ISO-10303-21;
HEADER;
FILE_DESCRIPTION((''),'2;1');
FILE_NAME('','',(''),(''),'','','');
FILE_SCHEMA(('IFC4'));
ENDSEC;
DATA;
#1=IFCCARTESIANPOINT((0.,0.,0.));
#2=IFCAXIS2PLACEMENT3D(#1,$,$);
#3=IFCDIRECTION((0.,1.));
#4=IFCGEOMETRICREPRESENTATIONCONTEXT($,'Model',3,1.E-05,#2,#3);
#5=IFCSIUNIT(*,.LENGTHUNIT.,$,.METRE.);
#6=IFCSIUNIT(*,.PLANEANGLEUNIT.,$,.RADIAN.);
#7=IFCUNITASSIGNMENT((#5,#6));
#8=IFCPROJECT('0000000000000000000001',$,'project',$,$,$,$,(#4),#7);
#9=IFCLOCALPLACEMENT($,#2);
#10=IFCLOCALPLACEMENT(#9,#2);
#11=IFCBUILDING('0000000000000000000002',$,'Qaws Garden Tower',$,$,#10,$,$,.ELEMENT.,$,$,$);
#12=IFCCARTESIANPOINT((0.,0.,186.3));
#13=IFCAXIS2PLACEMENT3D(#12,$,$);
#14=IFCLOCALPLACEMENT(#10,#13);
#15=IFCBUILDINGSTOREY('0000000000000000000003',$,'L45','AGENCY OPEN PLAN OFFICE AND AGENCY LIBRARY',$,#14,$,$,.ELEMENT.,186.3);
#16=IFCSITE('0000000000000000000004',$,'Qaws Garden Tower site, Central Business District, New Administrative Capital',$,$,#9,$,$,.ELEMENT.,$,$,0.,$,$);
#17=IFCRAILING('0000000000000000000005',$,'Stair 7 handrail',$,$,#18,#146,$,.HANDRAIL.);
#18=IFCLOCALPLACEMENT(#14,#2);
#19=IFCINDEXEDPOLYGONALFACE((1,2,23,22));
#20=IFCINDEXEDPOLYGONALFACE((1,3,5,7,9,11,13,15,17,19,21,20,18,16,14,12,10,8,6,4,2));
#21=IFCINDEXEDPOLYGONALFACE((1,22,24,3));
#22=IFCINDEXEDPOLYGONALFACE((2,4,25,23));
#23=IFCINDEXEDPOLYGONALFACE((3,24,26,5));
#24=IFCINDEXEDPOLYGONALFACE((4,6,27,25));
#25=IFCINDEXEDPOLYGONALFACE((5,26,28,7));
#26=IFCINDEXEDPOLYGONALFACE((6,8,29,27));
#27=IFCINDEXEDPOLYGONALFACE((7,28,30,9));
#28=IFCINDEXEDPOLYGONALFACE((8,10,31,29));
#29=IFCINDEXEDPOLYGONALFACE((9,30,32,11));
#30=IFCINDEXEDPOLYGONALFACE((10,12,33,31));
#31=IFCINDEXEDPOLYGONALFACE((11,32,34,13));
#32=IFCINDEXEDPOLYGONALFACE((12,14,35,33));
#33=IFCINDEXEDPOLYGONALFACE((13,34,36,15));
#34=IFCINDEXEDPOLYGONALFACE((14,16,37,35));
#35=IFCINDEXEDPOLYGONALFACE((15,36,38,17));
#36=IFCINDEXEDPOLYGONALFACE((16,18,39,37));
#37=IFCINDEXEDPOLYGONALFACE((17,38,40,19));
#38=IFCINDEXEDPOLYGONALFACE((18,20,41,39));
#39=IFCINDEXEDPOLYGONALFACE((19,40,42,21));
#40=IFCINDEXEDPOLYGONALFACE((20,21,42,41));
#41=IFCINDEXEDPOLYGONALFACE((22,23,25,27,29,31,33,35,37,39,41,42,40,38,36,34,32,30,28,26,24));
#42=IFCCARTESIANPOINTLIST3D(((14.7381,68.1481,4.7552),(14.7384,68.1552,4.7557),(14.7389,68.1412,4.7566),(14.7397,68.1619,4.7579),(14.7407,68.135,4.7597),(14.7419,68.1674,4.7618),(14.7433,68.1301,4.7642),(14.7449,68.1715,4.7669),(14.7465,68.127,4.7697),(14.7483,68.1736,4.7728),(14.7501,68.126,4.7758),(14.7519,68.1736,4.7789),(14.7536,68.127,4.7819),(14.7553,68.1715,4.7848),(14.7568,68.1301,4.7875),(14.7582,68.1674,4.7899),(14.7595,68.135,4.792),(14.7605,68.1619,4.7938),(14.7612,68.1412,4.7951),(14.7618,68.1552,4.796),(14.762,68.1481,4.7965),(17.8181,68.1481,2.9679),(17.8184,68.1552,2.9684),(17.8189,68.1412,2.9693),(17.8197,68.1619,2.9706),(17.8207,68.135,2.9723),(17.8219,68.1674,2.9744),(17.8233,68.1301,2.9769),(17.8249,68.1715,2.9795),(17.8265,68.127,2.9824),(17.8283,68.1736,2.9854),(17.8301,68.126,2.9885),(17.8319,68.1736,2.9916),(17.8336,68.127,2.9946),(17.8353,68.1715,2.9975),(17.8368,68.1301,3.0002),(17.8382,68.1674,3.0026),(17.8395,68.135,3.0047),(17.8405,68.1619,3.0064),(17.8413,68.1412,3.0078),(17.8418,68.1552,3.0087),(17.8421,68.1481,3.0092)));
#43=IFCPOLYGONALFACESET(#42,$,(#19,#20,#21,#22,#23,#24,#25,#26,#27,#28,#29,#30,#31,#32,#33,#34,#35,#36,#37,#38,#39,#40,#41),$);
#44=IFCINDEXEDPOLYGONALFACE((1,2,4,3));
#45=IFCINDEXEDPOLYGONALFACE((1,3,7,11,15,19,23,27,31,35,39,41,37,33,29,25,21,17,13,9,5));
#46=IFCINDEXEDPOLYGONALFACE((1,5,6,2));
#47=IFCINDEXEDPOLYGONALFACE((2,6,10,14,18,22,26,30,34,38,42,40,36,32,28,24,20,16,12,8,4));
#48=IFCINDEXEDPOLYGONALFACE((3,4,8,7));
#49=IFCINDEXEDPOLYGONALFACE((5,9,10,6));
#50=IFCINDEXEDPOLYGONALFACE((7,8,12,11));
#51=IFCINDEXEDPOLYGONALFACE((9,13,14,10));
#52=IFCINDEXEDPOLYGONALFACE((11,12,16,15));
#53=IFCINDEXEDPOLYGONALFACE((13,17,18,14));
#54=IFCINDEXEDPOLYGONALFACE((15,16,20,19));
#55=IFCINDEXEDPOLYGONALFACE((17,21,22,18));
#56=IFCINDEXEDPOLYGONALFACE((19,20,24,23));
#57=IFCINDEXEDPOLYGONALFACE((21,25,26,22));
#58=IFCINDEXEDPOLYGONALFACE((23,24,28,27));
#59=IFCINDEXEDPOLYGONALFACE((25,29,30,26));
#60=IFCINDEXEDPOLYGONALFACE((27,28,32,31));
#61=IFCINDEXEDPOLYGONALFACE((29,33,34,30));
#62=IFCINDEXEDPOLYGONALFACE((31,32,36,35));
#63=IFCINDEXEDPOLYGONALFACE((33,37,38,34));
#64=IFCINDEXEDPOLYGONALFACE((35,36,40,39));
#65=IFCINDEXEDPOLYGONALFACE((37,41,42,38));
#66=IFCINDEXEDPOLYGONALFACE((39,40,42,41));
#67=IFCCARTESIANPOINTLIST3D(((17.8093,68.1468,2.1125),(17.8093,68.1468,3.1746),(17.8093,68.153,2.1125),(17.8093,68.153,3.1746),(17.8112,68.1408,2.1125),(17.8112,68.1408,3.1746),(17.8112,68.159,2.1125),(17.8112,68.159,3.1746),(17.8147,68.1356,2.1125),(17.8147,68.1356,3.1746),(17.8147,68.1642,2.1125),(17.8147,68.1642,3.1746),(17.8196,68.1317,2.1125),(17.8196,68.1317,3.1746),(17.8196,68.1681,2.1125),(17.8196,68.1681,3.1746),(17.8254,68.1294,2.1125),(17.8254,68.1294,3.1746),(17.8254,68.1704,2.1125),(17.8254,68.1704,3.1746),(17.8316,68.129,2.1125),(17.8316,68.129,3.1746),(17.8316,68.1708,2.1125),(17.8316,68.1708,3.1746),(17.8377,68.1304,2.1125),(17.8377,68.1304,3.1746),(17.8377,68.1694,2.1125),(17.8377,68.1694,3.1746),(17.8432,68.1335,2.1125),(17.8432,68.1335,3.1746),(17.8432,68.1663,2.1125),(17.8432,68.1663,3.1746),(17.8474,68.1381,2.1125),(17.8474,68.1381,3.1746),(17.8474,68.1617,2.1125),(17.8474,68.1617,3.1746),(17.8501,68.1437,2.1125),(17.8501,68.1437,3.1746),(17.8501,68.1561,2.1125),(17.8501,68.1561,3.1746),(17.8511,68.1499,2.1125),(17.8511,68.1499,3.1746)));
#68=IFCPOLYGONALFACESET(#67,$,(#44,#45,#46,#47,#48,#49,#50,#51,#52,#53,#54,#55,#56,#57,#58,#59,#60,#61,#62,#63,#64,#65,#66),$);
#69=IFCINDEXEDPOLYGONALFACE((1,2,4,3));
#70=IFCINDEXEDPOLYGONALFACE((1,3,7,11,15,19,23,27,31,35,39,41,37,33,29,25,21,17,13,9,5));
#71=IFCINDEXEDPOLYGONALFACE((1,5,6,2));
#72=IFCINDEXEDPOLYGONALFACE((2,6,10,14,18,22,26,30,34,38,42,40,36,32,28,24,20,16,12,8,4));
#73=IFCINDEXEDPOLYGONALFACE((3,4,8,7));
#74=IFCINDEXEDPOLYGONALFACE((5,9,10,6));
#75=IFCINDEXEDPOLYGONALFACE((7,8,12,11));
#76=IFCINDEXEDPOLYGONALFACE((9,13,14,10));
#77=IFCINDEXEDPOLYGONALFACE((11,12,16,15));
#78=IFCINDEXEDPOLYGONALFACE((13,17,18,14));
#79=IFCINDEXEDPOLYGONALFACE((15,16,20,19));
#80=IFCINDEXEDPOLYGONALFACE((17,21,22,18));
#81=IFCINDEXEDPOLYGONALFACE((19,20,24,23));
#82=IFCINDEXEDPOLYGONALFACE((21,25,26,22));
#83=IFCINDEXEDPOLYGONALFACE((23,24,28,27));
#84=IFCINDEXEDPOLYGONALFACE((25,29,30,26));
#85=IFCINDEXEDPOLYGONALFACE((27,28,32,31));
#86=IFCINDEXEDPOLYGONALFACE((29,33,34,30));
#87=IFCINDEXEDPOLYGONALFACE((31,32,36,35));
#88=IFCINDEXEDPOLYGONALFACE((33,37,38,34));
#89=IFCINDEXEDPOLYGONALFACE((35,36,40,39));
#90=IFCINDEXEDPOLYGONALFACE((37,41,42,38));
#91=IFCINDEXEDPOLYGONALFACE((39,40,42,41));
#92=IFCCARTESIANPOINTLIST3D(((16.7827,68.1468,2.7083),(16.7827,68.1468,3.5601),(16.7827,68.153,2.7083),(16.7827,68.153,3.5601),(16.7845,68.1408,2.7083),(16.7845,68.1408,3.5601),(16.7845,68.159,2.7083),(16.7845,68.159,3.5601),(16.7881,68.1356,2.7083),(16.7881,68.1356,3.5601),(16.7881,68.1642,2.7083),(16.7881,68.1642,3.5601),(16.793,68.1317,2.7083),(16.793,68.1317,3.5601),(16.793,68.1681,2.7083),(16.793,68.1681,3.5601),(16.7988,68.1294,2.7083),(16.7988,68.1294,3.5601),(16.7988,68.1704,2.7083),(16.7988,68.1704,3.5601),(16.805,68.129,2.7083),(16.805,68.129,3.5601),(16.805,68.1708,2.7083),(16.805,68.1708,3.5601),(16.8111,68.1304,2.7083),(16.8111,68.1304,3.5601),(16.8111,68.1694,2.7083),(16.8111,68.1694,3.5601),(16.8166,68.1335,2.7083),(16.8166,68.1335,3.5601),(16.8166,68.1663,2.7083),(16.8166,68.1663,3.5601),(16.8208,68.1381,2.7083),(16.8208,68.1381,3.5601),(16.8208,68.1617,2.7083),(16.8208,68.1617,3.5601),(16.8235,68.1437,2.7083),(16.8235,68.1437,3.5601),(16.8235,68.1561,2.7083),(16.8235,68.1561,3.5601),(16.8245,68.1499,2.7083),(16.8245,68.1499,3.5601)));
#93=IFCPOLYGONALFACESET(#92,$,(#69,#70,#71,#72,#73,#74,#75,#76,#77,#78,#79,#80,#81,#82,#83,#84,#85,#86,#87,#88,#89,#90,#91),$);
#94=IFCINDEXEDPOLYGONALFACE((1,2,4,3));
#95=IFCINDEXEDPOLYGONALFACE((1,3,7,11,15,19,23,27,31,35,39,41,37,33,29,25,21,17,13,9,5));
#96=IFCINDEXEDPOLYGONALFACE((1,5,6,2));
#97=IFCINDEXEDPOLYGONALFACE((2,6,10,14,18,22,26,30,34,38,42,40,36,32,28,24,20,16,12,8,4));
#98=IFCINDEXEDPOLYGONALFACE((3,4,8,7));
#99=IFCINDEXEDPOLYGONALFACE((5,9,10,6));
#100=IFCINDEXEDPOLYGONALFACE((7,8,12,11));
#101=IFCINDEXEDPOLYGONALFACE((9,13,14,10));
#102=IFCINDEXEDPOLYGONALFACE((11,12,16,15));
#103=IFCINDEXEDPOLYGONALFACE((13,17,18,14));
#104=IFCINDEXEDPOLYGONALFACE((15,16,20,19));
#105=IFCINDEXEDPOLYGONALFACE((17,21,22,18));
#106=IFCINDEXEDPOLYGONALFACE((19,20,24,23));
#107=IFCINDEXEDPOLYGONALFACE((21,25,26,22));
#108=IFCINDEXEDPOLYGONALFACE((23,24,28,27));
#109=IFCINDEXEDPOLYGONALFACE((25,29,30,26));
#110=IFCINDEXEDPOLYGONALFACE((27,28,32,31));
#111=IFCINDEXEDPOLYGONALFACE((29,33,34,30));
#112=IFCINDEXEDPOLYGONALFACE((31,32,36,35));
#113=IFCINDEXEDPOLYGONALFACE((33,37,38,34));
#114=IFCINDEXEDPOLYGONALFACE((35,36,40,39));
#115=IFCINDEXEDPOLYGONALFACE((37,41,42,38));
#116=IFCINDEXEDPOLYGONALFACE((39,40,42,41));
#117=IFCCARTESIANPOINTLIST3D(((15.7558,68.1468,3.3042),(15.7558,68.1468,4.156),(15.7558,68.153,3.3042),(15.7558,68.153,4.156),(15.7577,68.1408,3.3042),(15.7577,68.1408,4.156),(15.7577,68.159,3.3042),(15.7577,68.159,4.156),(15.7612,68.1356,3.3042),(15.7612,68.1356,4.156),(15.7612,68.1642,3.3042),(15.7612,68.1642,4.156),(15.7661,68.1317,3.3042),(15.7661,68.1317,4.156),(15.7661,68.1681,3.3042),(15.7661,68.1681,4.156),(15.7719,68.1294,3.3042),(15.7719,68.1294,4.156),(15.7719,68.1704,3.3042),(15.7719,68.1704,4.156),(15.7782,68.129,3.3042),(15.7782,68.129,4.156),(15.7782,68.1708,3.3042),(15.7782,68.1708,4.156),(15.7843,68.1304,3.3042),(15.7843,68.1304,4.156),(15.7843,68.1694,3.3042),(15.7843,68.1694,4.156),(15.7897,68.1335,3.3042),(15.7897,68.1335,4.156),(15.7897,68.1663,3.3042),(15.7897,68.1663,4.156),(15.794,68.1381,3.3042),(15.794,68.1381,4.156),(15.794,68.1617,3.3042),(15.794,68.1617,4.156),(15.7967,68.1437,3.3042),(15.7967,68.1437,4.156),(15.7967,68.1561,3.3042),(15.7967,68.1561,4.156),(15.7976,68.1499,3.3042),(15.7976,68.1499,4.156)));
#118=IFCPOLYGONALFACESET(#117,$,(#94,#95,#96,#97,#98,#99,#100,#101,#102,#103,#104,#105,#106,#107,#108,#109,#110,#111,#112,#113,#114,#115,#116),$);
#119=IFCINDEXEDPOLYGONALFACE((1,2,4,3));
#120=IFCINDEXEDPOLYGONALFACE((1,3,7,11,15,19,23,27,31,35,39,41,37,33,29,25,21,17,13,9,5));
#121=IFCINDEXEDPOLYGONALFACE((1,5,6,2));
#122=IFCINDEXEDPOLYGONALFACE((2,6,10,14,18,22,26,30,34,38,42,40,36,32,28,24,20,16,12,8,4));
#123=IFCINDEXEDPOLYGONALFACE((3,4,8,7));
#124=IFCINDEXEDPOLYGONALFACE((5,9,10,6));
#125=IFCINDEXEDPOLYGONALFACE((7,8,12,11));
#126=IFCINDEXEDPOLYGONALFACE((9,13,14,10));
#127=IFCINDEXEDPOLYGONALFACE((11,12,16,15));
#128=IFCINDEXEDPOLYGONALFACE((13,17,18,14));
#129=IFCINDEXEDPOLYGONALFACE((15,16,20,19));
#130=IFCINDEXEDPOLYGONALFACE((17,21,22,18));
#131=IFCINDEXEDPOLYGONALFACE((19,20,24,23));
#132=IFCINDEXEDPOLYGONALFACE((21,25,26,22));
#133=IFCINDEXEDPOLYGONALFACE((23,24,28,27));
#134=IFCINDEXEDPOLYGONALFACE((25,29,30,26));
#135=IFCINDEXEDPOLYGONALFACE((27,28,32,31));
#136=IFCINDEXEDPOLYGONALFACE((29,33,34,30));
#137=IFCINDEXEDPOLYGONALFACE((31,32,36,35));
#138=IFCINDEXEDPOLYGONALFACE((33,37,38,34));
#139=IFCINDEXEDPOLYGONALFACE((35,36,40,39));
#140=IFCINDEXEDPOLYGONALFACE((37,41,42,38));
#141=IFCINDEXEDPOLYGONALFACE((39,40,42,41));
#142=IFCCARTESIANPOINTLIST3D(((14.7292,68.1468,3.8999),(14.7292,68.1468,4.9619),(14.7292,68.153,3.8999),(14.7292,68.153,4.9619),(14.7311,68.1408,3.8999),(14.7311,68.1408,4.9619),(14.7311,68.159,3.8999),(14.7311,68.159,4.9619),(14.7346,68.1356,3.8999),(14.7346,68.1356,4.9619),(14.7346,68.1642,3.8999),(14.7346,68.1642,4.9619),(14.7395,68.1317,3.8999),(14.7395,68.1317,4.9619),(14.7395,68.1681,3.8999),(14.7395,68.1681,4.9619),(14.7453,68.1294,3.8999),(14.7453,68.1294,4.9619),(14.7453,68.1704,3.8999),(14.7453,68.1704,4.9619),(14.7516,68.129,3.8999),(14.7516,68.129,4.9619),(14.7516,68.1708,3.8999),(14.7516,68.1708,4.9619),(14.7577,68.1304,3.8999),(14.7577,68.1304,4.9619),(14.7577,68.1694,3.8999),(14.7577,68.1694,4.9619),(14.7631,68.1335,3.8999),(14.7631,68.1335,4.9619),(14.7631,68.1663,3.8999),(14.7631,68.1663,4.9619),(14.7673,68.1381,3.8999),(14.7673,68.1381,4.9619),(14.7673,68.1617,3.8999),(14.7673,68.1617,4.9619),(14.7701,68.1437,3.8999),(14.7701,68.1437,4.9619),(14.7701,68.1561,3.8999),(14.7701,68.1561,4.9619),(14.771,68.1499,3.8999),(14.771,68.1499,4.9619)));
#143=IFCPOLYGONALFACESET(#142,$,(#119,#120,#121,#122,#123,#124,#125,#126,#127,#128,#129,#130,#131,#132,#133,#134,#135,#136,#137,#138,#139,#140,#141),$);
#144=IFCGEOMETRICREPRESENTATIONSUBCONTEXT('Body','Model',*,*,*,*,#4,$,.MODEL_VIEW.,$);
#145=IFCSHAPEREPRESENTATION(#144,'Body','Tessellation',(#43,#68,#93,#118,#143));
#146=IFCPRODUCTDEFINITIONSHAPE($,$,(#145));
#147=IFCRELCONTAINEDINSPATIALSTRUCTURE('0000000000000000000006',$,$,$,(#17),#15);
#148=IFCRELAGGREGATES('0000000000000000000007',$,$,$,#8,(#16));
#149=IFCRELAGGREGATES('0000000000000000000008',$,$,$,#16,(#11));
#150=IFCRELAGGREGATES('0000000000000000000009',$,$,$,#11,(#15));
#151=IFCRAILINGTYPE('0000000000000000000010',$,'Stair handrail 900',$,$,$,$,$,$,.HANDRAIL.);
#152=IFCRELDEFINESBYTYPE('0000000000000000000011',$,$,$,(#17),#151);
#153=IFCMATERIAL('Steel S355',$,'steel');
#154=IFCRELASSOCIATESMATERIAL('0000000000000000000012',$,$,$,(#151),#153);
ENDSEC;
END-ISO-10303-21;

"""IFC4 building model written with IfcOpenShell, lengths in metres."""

from ifc_helpers import new_model, si_unit, direction, frame, origin, origin_2d, place, context, subcontext, project, spatial, circle, extrude, material, type_object, element, save


model = new_model("IFC4")

# Units and contexts
model_context = context("Model", 3, precision=1e-05, world=origin(), true_north=direction((0.0, 1.0)))
body_context = subcontext(model_context, "Body", "Model", "MODEL_VIEW")
ifc_project = project(units=[si_unit("LENGTHUNIT", "METRE"), si_unit("PLANEANGLEUNIT", "RADIAN")], contexts=[model_context])

# Site, building, storey
site_placement = place(None, origin())
site = spatial("IfcSite", under=ifc_project, at=site_placement, Name="Qaws Garden Tower site, Central Business District, New Administrative Capital", CompositionType="ELEMENT", RefElevation=0.0)
building_placement = place(site_placement, origin())
building = spatial("IfcBuilding", under=site, at=building_placement, Name="Qaws Garden Tower", CompositionType="ELEMENT")
storey_placement = place(building_placement, frame((0.0, 0.0, 186.3)))
storey = spatial("IfcBuildingStorey", under=building, at=storey_placement, Name="L45", Description="AGENCY OPEN PLAN OFFICE AND AGENCY LIBRARY", CompositionType="ELEMENT", Elevation=186.3)

# Railing
ifc_material_1 = material(Name="Steel S355", Category="steel")
railing_type = type_object("IfcRailingType", Name="Stair handrail 900", PredefinedType="HANDRAIL", material=ifc_material_1)
railing_placement = place(storey_placement, frame((17.8301, 68.1499, 2.1125)))
element("IfcRailing", 1, at=railing_placement, inside=storey, type_object=railing_type, Name="Stair 7 handrail", PredefinedType="HANDRAIL", context=body_context, shape_type="SweptSolid", body=[
    extrude(circle(Radius=0.0239, at=origin_2d()), frame((0.0, 0.0, 0.876), z_axis=(-0.86492, 0.0, 0.501909), x_axis=(0.0, -1.0, 0.0)), (0.0, 0.0, 1.0), 3.561),
    extrude(circle(Radius=0.021, at=origin_2d()), origin(), (0.0, 0.0, 1.0), 1.062),
    extrude(circle(Radius=0.021, at=origin_2d()), frame((-1.0266, 0.0, 0.5957)), (0.0, 0.0, 1.0), 0.8518),
    extrude(circle(Radius=0.021, at=origin_2d()), frame((-2.0535, 0.0, 1.1917)), (0.0, 0.0, 1.0), 0.8518),
    extrude(circle(Radius=0.021, at=origin_2d()), frame((-3.0801, 0.0, 1.7874)), (0.0, 0.0, 1.0), 1.062),
])

save(model, "model.ifc")
